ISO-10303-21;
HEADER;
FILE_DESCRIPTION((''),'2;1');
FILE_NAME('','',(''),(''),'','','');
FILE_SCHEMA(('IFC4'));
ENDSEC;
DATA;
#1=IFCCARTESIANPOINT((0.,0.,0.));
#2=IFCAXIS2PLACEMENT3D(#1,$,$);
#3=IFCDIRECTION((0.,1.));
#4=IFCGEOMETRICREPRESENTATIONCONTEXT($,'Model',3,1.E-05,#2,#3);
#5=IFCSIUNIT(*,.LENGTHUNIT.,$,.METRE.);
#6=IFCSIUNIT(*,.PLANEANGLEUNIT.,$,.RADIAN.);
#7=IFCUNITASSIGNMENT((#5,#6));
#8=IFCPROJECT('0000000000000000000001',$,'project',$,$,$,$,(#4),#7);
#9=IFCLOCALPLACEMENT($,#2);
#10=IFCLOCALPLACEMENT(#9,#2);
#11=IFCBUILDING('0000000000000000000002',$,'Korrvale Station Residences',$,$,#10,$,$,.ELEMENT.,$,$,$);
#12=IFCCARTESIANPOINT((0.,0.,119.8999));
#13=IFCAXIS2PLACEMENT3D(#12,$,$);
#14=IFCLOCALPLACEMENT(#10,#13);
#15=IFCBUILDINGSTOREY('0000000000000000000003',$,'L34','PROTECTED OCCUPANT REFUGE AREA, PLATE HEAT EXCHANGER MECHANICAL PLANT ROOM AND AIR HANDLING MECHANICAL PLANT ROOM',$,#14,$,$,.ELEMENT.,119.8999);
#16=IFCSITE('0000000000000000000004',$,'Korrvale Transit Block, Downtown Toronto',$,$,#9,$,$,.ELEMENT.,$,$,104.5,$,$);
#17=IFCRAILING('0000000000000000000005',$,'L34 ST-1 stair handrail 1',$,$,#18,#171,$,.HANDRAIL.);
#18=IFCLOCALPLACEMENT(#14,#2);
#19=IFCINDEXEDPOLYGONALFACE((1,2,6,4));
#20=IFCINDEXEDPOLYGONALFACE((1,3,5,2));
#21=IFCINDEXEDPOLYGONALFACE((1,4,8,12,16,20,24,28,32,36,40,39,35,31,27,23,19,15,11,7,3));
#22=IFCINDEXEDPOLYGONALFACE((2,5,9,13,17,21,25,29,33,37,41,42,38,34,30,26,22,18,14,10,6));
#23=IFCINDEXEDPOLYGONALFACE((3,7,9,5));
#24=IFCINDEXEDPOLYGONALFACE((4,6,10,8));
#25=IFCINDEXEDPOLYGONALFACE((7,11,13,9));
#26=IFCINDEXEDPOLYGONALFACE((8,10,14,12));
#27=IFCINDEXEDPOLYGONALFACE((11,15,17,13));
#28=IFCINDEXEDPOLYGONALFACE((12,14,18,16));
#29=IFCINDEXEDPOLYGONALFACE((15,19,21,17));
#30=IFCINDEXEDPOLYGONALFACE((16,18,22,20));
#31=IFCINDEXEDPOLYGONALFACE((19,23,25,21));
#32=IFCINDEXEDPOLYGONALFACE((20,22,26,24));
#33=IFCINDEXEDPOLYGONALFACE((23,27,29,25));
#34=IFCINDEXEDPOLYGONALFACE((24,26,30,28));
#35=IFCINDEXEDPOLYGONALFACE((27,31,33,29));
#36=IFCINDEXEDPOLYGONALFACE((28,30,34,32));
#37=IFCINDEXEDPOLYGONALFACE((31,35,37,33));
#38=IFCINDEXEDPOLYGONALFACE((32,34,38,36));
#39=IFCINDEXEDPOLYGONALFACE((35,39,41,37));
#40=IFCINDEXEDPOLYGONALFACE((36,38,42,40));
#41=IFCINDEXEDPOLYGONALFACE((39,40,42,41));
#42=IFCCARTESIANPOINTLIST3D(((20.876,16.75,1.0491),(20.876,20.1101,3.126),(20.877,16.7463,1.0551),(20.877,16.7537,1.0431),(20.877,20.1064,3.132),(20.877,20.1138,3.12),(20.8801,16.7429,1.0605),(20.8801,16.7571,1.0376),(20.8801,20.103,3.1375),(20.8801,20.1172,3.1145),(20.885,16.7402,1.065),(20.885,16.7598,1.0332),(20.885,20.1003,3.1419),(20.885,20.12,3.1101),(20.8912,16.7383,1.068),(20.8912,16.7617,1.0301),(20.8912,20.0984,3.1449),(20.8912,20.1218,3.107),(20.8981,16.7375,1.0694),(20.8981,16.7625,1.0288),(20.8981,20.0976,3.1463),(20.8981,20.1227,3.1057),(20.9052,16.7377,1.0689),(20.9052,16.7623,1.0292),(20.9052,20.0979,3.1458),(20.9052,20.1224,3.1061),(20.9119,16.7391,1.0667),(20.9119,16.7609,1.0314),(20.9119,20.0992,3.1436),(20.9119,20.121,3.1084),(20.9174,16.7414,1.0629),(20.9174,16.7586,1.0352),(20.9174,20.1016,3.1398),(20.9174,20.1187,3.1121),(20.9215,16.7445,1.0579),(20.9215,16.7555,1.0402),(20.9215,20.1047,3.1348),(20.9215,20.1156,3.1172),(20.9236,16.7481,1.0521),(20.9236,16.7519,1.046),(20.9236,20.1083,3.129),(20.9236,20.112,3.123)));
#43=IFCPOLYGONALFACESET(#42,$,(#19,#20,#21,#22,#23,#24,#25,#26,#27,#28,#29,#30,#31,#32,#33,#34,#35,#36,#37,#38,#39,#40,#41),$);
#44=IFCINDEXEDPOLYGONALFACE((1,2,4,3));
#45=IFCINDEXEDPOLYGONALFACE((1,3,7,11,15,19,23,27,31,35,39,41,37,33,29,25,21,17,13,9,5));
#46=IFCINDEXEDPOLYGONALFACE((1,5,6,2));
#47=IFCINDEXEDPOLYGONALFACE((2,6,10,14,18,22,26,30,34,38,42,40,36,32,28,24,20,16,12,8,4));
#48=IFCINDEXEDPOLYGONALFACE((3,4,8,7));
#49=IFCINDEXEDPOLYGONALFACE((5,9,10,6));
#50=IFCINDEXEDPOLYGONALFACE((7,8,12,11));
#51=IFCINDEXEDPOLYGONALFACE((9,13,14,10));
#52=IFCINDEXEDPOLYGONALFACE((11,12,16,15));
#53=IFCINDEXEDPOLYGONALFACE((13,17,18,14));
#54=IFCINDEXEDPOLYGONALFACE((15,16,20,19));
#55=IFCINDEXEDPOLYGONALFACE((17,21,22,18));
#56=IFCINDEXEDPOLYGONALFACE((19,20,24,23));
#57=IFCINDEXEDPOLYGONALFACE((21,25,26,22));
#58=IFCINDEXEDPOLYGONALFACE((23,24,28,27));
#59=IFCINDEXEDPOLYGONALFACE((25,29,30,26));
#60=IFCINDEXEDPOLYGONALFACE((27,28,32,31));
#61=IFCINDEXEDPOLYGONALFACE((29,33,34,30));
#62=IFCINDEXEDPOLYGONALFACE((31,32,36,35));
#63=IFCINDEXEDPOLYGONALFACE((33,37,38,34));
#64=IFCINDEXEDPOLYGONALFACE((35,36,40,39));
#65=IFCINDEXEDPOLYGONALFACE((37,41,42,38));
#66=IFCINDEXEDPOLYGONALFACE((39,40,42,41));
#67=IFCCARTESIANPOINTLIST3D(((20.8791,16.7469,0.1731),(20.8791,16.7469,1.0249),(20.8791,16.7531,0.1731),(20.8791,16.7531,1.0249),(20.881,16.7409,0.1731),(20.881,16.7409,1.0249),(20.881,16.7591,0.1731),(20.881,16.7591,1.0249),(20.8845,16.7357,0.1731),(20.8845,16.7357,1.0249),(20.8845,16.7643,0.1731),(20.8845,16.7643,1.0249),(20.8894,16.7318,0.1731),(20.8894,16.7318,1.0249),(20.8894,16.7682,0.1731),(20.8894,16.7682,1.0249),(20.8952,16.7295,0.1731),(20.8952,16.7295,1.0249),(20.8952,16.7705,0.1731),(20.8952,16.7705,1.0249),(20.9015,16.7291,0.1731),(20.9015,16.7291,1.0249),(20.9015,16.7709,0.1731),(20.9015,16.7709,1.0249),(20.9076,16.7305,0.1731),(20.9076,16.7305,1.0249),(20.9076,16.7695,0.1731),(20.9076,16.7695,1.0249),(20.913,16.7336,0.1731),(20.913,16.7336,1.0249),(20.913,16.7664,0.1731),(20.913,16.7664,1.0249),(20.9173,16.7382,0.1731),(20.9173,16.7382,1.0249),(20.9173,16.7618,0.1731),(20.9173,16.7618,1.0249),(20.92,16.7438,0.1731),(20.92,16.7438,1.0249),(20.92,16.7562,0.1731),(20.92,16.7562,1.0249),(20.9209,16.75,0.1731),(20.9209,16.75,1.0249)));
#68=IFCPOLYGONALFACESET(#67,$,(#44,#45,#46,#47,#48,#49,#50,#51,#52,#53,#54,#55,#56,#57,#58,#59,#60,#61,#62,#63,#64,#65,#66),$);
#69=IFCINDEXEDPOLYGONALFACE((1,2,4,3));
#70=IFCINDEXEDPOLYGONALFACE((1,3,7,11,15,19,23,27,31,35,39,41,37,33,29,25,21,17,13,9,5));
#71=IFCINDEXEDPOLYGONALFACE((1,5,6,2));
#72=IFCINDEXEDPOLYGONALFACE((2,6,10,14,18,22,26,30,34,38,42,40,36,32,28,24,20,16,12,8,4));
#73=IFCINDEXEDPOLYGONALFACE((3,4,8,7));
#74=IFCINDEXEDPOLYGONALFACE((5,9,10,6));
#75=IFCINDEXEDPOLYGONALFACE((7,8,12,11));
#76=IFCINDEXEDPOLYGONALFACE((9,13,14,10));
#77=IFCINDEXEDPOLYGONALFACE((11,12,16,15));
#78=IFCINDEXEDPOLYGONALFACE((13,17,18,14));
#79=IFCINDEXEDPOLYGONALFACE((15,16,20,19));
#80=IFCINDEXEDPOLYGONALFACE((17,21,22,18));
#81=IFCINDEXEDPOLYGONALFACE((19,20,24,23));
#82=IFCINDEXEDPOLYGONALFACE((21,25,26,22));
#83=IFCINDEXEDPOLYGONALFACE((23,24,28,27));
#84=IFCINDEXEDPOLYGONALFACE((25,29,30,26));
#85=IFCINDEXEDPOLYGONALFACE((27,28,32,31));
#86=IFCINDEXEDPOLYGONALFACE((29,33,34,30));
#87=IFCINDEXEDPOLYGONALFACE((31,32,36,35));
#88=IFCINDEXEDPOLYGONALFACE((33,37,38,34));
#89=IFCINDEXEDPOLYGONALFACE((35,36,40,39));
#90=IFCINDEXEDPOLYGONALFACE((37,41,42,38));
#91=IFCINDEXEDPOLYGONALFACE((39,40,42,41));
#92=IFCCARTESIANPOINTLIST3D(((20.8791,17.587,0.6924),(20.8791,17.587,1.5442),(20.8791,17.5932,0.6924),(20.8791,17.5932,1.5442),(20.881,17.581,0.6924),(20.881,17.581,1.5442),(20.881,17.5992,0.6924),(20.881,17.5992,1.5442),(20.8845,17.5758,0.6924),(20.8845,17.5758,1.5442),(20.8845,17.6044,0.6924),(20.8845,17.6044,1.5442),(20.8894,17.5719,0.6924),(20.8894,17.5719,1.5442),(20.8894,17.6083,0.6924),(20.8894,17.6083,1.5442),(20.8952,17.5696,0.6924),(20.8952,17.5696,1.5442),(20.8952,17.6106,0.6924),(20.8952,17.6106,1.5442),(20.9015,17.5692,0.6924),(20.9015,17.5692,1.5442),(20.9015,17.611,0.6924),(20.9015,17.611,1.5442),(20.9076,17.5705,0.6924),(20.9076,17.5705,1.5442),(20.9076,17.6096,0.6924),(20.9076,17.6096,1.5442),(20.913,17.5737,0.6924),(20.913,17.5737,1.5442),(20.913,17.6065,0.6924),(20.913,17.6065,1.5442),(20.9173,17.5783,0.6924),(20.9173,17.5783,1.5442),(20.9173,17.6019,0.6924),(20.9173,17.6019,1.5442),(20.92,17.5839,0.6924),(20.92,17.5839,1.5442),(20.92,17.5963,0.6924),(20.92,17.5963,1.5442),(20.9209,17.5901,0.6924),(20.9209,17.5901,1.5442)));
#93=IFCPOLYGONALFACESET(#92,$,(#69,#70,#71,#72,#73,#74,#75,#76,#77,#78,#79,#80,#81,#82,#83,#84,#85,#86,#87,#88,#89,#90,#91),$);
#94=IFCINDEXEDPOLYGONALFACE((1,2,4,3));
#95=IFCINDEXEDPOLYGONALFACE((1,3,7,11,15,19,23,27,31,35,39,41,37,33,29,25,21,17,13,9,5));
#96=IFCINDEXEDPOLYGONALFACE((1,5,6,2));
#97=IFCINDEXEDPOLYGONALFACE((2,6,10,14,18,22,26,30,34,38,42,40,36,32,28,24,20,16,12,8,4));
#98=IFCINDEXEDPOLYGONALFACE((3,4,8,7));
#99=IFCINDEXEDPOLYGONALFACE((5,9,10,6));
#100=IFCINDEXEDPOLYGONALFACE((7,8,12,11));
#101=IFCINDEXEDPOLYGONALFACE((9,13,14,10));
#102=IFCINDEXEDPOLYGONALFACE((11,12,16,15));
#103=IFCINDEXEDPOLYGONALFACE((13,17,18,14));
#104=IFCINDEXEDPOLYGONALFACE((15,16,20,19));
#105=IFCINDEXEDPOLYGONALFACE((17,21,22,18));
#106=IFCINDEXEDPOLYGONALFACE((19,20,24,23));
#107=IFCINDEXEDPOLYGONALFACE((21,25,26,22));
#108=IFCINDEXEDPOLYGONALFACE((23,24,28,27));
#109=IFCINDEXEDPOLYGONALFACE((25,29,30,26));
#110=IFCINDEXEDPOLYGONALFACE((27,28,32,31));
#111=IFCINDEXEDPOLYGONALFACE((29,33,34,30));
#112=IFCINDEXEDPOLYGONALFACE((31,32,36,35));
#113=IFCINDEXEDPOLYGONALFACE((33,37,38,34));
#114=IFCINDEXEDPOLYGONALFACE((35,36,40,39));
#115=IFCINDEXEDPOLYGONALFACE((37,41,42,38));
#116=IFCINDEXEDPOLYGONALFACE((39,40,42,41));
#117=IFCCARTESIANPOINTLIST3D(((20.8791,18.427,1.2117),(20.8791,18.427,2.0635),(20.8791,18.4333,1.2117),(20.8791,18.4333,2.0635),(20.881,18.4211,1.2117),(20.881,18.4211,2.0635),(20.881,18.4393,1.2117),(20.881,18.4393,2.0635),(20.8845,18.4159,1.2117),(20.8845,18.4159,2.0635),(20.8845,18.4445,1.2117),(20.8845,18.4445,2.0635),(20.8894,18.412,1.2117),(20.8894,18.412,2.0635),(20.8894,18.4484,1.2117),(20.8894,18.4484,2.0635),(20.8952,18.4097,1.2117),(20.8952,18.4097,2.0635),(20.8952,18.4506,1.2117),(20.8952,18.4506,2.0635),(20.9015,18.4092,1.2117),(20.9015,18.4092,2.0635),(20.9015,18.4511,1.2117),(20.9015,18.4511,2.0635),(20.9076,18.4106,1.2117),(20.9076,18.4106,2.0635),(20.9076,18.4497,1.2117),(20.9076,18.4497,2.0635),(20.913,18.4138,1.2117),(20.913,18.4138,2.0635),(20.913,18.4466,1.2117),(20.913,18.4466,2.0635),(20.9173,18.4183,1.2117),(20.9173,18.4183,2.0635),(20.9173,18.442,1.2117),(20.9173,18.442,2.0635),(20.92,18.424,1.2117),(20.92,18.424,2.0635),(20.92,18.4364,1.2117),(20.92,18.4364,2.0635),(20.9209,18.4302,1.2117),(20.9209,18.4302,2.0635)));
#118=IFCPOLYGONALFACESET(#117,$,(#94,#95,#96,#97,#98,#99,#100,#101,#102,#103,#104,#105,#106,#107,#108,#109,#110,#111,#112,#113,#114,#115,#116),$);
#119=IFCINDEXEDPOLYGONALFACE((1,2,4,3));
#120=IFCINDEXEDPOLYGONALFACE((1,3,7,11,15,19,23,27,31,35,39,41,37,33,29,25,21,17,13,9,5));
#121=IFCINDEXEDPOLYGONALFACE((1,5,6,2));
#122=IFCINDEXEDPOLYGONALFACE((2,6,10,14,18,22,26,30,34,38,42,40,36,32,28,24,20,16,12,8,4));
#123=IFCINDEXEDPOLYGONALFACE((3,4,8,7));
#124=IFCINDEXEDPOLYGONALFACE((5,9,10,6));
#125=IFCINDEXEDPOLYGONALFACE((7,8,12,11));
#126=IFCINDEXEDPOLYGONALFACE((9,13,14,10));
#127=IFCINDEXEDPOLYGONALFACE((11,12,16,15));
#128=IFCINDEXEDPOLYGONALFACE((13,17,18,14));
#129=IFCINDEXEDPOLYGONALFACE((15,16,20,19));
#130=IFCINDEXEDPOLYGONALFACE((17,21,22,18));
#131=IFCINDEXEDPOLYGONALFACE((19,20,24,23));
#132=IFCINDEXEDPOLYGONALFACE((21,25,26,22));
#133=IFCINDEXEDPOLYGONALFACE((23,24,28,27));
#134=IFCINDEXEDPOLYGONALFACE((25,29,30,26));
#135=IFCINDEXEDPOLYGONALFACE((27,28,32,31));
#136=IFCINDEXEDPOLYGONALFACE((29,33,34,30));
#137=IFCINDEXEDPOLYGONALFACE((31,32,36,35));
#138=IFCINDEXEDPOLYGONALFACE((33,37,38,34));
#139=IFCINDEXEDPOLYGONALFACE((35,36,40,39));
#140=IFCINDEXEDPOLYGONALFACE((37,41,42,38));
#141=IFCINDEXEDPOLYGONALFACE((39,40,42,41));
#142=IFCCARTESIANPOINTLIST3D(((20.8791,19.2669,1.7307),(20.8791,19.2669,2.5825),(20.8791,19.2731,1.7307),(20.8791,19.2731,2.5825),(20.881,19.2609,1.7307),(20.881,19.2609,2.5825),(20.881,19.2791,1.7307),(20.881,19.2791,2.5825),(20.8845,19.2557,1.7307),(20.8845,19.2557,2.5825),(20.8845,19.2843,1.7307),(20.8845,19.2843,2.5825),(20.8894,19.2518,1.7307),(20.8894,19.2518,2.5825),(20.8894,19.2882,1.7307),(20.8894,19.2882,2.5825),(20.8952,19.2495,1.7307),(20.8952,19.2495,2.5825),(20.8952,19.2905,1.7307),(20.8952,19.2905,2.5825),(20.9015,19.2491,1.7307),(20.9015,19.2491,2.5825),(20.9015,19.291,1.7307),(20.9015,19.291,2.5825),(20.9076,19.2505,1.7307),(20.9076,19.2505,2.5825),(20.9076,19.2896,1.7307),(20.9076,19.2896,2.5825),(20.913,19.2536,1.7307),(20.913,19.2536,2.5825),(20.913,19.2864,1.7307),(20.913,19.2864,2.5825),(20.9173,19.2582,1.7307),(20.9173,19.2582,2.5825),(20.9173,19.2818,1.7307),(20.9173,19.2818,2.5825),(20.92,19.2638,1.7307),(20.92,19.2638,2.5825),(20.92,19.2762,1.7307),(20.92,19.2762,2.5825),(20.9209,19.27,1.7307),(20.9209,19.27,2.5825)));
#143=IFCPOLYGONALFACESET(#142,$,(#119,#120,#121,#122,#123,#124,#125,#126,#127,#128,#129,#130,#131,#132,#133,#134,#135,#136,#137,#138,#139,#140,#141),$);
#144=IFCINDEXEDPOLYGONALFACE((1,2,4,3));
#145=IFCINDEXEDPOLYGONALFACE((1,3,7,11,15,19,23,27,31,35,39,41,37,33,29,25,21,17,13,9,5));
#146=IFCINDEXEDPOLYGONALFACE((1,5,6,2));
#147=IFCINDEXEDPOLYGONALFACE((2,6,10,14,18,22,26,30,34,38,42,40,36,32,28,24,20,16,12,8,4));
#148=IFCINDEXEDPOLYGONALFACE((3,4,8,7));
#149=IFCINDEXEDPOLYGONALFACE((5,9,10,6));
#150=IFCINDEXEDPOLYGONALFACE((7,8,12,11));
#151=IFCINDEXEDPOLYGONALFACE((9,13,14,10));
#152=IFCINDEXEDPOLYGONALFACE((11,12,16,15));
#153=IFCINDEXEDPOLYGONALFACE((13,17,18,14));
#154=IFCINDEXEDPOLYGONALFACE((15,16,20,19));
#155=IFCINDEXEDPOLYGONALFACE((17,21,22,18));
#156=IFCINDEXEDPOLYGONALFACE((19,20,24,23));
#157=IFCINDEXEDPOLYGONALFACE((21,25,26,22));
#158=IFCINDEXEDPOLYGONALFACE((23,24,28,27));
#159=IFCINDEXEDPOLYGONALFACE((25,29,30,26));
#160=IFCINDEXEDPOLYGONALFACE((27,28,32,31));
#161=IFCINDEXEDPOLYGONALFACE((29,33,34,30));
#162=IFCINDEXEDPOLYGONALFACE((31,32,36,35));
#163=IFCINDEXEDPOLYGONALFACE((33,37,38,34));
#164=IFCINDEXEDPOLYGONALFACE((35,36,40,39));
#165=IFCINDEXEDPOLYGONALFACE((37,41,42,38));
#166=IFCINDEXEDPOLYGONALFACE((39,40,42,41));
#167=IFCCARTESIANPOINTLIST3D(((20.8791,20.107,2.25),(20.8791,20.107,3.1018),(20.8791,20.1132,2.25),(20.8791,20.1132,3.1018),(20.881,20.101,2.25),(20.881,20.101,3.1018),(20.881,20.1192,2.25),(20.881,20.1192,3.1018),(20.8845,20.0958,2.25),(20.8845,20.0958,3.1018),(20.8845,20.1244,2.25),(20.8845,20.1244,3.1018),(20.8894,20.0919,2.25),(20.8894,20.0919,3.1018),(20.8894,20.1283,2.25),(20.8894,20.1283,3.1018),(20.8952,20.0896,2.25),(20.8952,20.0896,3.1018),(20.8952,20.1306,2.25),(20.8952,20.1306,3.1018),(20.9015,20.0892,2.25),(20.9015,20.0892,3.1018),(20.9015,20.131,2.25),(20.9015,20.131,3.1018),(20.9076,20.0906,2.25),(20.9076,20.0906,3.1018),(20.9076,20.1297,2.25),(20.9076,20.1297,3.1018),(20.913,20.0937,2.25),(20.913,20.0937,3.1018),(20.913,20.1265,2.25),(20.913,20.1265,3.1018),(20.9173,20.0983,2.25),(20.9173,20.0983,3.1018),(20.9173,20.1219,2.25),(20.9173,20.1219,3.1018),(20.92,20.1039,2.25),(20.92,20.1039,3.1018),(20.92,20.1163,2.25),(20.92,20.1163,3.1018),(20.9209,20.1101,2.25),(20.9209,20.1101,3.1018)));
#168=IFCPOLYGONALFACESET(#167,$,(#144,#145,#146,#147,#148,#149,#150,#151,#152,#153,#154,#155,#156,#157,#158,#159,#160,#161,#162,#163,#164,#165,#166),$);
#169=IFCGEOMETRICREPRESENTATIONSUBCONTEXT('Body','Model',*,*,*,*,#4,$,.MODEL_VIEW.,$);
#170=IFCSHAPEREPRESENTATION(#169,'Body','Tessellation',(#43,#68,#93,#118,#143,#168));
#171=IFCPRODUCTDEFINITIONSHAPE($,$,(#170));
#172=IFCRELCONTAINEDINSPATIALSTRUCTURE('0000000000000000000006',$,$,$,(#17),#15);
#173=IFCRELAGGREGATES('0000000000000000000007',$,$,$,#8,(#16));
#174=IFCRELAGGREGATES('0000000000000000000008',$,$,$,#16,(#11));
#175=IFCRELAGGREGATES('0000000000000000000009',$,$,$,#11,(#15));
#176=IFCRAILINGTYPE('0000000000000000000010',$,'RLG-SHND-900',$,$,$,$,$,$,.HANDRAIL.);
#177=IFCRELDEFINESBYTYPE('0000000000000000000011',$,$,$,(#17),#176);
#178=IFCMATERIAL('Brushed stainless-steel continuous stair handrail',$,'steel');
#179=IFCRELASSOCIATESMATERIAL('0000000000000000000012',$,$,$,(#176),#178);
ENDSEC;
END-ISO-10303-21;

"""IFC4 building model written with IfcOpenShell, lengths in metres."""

from ifc_helpers import new_model, si_unit, direction, frame, origin, origin_2d, place, context, subcontext, project, spatial, circle, extrude, material, type_object, element, save


model = new_model("IFC4")

# Units and contexts
model_context = context("Model", 3, precision=1e-05, world=origin(), true_north=direction((0.0, 1.0)))
body_context = subcontext(model_context, "Body", "Model", "MODEL_VIEW")
ifc_project = project(units=[si_unit("LENGTHUNIT", "METRE"), si_unit("PLANEANGLEUNIT", "RADIAN")], contexts=[model_context])

# Site, building, storey
site_placement = place(None, origin())
site = spatial("IfcSite", under=ifc_project, at=site_placement, Name="Korrvale Transit Block, Downtown Toronto", CompositionType="ELEMENT", RefElevation=104.5)
building_placement = place(site_placement, origin())
building = spatial("IfcBuilding", under=site, at=building_placement, Name="Korrvale Station Residences", CompositionType="ELEMENT")
storey_placement = place(building_placement, frame((0.0, 0.0, 119.8999)))
storey = spatial("IfcBuildingStorey", under=building, at=storey_placement, Name="L34", Description="PROTECTED OCCUPANT REFUGE AREA, PLATE HEAT EXCHANGER MECHANICAL PLANT ROOM AND AIR HANDLING MECHANICAL PLANT ROOM", CompositionType="ELEMENT", Elevation=119.8999)

# Railing
ifc_material_1 = material(Name="Brushed stainless-steel continuous stair handrail", Category="steel")
railing_type_1 = type_object("IfcRailingType", Name="RLG-SHND-900", PredefinedType="HANDRAIL", material=ifc_material_1)
railing_1_placement = place(storey_placement, frame((20.8999, 16.75, 0.1731)))
element("IfcRailing", 1, at=railing_1_placement, inside=storey, type_object=railing_type_1, Name="L34 ST-1 stair handrail 1", PredefinedType="HANDRAIL", context=body_context, shape_type="SweptSolid", body=[
    extrude(circle(Radius=0.0239, at=origin_2d()), frame((0.0, 0.0, 0.876), z_axis=(0.0, 0.850623, 0.525776), x_axis=(-1.0, 0.0, 0.0)), (0.0, 0.0, 1.0), 3.9502),
    extrude(circle(Radius=0.021, at=origin_2d()), origin(), (0.0, 0.0, 1.0), 0.8518),
    extrude(circle(Radius=0.021, at=origin_2d()), frame((0.0, 0.8401, 0.5193)), (0.0, 0.0, 1.0), 0.8518),
    extrude(circle(Radius=0.021, at=origin_2d()), frame((0.0, 1.6802, 1.0386)), (0.0, 0.0, 1.0), 0.8518),
    extrude(circle(Radius=0.021, at=origin_2d()), frame((0.0, 2.52, 1.5576)), (0.0, 0.0, 1.0), 0.8518),
    extrude(circle(Radius=0.021, at=origin_2d()), frame((0.0, 3.3601, 2.0769)), (0.0, 0.0, 1.0), 0.8518),
])

save(model, "model.ifc")
